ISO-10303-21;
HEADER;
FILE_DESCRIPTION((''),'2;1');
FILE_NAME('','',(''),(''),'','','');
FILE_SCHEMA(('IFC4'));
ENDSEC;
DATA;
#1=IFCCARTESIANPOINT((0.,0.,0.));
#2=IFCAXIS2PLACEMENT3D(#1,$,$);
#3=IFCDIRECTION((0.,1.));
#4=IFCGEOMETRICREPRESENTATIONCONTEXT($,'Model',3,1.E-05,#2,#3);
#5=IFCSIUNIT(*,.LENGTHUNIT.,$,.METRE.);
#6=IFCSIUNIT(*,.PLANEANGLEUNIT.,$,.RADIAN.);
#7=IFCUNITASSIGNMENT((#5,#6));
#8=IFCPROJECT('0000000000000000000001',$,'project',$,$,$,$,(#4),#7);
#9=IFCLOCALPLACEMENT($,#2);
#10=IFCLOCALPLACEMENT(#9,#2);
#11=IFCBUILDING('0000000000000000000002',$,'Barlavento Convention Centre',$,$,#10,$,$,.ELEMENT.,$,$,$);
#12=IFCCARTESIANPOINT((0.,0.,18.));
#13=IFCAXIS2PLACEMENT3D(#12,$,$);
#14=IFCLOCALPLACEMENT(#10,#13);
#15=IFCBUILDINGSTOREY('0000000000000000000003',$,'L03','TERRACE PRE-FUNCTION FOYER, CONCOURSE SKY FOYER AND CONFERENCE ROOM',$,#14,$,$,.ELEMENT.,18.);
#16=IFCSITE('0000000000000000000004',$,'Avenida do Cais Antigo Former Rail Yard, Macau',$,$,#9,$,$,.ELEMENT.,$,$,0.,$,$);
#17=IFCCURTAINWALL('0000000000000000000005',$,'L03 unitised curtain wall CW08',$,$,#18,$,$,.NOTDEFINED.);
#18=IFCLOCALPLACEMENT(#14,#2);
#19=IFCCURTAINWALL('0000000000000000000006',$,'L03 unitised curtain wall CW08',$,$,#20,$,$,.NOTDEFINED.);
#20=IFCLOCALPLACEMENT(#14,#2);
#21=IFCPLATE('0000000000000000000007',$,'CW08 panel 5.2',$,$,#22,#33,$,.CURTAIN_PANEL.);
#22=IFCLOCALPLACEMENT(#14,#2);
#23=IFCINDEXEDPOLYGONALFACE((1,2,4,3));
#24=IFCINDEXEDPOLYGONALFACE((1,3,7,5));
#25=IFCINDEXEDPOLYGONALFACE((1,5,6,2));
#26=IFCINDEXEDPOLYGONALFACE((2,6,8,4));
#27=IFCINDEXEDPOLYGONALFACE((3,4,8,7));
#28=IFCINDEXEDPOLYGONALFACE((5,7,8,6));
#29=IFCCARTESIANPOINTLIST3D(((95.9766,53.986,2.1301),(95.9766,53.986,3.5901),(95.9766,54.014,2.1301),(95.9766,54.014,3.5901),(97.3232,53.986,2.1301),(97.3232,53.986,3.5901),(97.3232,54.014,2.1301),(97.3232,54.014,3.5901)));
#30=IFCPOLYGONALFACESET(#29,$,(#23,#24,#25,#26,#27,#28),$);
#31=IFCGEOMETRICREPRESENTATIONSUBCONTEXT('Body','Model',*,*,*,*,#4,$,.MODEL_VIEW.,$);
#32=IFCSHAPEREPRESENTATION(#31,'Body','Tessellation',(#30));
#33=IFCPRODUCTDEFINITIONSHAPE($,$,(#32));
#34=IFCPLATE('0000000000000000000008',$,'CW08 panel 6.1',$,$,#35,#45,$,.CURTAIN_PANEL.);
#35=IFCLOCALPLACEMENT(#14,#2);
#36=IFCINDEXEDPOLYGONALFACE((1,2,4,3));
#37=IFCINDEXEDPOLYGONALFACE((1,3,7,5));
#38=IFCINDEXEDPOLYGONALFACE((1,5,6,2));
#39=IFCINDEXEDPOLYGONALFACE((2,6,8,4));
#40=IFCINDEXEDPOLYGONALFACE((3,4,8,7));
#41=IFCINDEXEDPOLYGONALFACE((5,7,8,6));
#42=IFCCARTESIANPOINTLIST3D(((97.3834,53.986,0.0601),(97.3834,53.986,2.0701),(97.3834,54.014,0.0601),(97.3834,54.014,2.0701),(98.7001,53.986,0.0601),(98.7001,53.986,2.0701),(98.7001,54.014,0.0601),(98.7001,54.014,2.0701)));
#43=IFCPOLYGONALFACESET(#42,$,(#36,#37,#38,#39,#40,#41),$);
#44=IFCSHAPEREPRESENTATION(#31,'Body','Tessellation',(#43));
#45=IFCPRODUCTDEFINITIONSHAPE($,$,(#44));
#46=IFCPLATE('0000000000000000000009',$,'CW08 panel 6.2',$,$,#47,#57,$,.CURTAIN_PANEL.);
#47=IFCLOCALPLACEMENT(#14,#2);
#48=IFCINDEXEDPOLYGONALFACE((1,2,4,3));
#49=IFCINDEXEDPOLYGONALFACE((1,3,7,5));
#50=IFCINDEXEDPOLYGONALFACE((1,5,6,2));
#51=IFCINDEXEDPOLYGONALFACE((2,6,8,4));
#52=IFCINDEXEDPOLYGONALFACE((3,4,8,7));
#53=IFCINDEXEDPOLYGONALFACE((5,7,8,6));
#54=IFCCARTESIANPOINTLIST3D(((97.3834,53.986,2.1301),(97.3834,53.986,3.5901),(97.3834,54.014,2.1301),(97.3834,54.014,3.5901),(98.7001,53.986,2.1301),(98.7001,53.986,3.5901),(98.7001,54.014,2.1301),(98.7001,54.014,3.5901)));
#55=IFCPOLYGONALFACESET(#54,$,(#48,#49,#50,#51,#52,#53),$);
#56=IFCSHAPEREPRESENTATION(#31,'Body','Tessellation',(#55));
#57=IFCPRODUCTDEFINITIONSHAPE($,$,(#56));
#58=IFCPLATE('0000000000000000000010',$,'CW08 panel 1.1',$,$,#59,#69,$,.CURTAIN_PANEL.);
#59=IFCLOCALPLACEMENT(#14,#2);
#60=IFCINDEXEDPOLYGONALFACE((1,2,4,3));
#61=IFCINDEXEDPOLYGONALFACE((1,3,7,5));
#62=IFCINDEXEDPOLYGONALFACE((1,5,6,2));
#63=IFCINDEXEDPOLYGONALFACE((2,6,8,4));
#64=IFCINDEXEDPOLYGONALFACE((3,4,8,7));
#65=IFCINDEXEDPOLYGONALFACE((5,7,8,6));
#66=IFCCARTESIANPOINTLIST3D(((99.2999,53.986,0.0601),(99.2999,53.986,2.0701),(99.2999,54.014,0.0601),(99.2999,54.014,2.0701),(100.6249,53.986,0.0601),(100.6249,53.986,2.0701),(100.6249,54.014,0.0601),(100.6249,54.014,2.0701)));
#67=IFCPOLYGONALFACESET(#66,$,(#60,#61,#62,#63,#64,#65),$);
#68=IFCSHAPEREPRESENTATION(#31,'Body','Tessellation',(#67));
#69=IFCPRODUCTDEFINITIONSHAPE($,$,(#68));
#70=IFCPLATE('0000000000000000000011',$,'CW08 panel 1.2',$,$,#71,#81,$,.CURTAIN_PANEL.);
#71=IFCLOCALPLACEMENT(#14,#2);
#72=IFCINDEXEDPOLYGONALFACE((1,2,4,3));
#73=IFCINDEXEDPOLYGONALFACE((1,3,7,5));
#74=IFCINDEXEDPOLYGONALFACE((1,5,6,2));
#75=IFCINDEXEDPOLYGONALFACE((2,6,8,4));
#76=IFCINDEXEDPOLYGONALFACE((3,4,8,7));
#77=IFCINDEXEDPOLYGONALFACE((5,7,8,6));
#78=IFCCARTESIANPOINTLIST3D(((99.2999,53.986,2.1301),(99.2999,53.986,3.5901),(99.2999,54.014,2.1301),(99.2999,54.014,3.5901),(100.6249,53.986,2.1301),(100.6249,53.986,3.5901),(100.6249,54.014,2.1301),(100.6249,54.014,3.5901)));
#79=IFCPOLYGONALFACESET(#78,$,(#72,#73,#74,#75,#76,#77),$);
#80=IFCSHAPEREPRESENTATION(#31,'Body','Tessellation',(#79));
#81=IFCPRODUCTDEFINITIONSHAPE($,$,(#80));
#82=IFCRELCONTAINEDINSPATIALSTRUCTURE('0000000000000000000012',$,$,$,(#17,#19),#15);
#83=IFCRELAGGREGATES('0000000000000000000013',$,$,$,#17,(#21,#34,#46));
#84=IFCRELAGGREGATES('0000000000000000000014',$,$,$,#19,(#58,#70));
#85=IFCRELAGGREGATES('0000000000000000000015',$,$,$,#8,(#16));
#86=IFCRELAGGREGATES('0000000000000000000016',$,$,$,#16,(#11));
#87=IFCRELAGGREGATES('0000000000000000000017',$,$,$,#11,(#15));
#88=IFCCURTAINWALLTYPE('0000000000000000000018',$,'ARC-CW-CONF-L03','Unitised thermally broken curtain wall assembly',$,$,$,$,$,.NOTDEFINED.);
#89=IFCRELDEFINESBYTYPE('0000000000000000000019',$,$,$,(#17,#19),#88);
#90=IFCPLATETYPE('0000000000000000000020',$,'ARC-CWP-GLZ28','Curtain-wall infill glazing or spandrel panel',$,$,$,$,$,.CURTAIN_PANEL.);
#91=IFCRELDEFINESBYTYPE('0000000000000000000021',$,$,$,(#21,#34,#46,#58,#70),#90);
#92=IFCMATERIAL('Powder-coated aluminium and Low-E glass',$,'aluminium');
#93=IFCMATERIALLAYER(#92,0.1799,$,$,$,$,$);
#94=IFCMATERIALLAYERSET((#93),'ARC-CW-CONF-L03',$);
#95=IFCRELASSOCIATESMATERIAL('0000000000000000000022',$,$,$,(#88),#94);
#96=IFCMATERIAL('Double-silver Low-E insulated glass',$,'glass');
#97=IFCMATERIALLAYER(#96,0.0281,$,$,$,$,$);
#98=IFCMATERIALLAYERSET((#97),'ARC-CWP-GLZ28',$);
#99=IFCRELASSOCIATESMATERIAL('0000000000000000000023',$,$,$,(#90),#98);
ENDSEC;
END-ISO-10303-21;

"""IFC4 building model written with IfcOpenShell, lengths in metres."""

from ifc_helpers import new_model, si_unit, direction, frame, origin, origin_2d, place, context, subcontext, project, spatial, rectangle, extrude, material, layer, layer_set, type_object, element, aggregate, save


model = new_model("IFC4")

# Units and contexts
model_context = context("Model", 3, precision=1e-05, world=origin(), true_north=direction((0.0, 1.0)))
body_context = subcontext(model_context, "Body", "Model", "MODEL_VIEW")
ifc_project = project(units=[si_unit("LENGTHUNIT", "METRE"), si_unit("PLANEANGLEUNIT", "RADIAN")], contexts=[model_context])

# Site, building, storey
site_placement = place(None, origin())
site = spatial("IfcSite", under=ifc_project, at=site_placement, Name="Avenida do Cais Antigo Former Rail Yard, Macau", CompositionType="ELEMENT", RefElevation=0.0)
building_placement = place(site_placement, origin())
building = spatial("IfcBuilding", under=site, at=building_placement, Name="Barlavento Convention Centre", CompositionType="ELEMENT")
storey_placement = place(building_placement, frame((0.0, 0.0, 18.0)))
storey = spatial("IfcBuildingStorey", under=building, at=storey_placement, Name="L03", Description="TERRACE PRE-FUNCTION FOYER, CONCOURSE SKY FOYER AND CONFERENCE ROOM", CompositionType="ELEMENT", Elevation=18.0)

# Curtain walls
ifc_material_1 = material(Name="Powder-coated aluminium and Low-E glass", Category="aluminium")
ifc_layer_1 = layer(ifc_material_1, 0.1799)
ifc_layer_set_1 = layer_set([ifc_layer_1], Name="ARC-CW-CONF-L03")
curtain_wall_type = type_object("IfcCurtainWallType", Name="ARC-CW-CONF-L03", Description="Unitised thermally broken curtain wall assembly", PredefinedType="NOTDEFINED", material=ifc_layer_set_1)
curtain_wall_1_placement = place(storey_placement, origin())
curtain_wall_1 = element("IfcCurtainWall", 1, at=curtain_wall_1_placement, inside=storey, type_object=curtain_wall_type, Name="L03 unitised curtain wall CW08", PredefinedType="NOTDEFINED")
curtain_wall_2_placement = place(storey_placement, origin())
curtain_wall_2 = element("IfcCurtainWall", 2, at=curtain_wall_2_placement, inside=storey, type_object=curtain_wall_type, Name="L03 unitised curtain wall CW08", PredefinedType="NOTDEFINED")

# Plates
ifc_material_2 = material(Name="Double-silver Low-E insulated glass", Category="glass")
ifc_layer_2 = layer(ifc_material_2, 0.0281)
ifc_layer_set_2 = layer_set([ifc_layer_2], Name="ARC-CWP-GLZ28")
plate_type = type_object("IfcPlateType", Name="ARC-CWP-GLZ28", Description="Curtain-wall infill glazing or spandrel panel", PredefinedType="CURTAIN_PANEL", material=ifc_layer_set_2)
plate_1_placement = place(storey_placement, frame((96.6499, 54.0, 2.1301), z_axis=(0.0, 0.0, 1.0), x_axis=(1.0, 0.0, 0.0)))
plate_1 = element("IfcPlate", 3, at=plate_1_placement, type_object=plate_type, Name="CW08 panel 5.2", PredefinedType="CURTAIN_PANEL", context=body_context, shape_type="SweptSolid", body=[
    extrude(rectangle(XDim=1.3467, YDim=0.0281, at=origin_2d()), origin(), (0.0, 0.0, 1.0), 1.46),
])
plate_2_placement = place(storey_placement, frame((98.0417, 54.0, 0.0601), z_axis=(0.0, 0.0, 1.0), x_axis=(1.0, 0.0, 0.0)))
plate_2 = element("IfcPlate", 4, at=plate_2_placement, type_object=plate_type, Name="CW08 panel 6.1", PredefinedType="CURTAIN_PANEL", context=body_context, shape_type="SweptSolid", body=[
    extrude(rectangle(XDim=1.3167, YDim=0.0281, at=origin_2d()), origin(), (0.0, 0.0, 1.0), 2.01),
])
plate_3_placement = place(storey_placement, frame((98.0417, 54.0, 2.1301), z_axis=(0.0, 0.0, 1.0), x_axis=(1.0, 0.0, 0.0)))
plate_3 = element("IfcPlate", 5, at=plate_3_placement, type_object=plate_type, Name="CW08 panel 6.2", PredefinedType="CURTAIN_PANEL", context=body_context, shape_type="SweptSolid", body=[
    extrude(rectangle(XDim=1.3167, YDim=0.0281, at=origin_2d()), origin(), (0.0, 0.0, 1.0), 1.46),
])
aggregate(curtain_wall_1, [plate_1, plate_2, plate_3])
plate_4_placement = place(storey_placement, frame((99.9624, 54.0, 0.0601), z_axis=(0.0, 0.0, 1.0), x_axis=(1.0, 0.0, 0.0)))
plate_4 = element("IfcPlate", 6, at=plate_4_placement, type_object=plate_type, Name="CW08 panel 1.1", PredefinedType="CURTAIN_PANEL", context=body_context, shape_type="SweptSolid", body=[
    extrude(rectangle(XDim=1.325, YDim=0.0281, at=origin_2d()), origin(), (0.0, 0.0, 1.0), 2.01),
])
plate_5_placement = place(storey_placement, frame((99.9624, 54.0, 2.1301), z_axis=(0.0, 0.0, 1.0), x_axis=(1.0, 0.0, 0.0)))
plate_5 = element("IfcPlate", 7, at=plate_5_placement, type_object=plate_type, Name="CW08 panel 1.2", PredefinedType="CURTAIN_PANEL", context=body_context, shape_type="SweptSolid", body=[
    extrude(rectangle(XDim=1.325, YDim=0.0281, at=origin_2d()), origin(), (0.0, 0.0, 1.0), 1.46),
])
aggregate(curtain_wall_2, [plate_4, plate_5])

save(model, "model.ifc")
